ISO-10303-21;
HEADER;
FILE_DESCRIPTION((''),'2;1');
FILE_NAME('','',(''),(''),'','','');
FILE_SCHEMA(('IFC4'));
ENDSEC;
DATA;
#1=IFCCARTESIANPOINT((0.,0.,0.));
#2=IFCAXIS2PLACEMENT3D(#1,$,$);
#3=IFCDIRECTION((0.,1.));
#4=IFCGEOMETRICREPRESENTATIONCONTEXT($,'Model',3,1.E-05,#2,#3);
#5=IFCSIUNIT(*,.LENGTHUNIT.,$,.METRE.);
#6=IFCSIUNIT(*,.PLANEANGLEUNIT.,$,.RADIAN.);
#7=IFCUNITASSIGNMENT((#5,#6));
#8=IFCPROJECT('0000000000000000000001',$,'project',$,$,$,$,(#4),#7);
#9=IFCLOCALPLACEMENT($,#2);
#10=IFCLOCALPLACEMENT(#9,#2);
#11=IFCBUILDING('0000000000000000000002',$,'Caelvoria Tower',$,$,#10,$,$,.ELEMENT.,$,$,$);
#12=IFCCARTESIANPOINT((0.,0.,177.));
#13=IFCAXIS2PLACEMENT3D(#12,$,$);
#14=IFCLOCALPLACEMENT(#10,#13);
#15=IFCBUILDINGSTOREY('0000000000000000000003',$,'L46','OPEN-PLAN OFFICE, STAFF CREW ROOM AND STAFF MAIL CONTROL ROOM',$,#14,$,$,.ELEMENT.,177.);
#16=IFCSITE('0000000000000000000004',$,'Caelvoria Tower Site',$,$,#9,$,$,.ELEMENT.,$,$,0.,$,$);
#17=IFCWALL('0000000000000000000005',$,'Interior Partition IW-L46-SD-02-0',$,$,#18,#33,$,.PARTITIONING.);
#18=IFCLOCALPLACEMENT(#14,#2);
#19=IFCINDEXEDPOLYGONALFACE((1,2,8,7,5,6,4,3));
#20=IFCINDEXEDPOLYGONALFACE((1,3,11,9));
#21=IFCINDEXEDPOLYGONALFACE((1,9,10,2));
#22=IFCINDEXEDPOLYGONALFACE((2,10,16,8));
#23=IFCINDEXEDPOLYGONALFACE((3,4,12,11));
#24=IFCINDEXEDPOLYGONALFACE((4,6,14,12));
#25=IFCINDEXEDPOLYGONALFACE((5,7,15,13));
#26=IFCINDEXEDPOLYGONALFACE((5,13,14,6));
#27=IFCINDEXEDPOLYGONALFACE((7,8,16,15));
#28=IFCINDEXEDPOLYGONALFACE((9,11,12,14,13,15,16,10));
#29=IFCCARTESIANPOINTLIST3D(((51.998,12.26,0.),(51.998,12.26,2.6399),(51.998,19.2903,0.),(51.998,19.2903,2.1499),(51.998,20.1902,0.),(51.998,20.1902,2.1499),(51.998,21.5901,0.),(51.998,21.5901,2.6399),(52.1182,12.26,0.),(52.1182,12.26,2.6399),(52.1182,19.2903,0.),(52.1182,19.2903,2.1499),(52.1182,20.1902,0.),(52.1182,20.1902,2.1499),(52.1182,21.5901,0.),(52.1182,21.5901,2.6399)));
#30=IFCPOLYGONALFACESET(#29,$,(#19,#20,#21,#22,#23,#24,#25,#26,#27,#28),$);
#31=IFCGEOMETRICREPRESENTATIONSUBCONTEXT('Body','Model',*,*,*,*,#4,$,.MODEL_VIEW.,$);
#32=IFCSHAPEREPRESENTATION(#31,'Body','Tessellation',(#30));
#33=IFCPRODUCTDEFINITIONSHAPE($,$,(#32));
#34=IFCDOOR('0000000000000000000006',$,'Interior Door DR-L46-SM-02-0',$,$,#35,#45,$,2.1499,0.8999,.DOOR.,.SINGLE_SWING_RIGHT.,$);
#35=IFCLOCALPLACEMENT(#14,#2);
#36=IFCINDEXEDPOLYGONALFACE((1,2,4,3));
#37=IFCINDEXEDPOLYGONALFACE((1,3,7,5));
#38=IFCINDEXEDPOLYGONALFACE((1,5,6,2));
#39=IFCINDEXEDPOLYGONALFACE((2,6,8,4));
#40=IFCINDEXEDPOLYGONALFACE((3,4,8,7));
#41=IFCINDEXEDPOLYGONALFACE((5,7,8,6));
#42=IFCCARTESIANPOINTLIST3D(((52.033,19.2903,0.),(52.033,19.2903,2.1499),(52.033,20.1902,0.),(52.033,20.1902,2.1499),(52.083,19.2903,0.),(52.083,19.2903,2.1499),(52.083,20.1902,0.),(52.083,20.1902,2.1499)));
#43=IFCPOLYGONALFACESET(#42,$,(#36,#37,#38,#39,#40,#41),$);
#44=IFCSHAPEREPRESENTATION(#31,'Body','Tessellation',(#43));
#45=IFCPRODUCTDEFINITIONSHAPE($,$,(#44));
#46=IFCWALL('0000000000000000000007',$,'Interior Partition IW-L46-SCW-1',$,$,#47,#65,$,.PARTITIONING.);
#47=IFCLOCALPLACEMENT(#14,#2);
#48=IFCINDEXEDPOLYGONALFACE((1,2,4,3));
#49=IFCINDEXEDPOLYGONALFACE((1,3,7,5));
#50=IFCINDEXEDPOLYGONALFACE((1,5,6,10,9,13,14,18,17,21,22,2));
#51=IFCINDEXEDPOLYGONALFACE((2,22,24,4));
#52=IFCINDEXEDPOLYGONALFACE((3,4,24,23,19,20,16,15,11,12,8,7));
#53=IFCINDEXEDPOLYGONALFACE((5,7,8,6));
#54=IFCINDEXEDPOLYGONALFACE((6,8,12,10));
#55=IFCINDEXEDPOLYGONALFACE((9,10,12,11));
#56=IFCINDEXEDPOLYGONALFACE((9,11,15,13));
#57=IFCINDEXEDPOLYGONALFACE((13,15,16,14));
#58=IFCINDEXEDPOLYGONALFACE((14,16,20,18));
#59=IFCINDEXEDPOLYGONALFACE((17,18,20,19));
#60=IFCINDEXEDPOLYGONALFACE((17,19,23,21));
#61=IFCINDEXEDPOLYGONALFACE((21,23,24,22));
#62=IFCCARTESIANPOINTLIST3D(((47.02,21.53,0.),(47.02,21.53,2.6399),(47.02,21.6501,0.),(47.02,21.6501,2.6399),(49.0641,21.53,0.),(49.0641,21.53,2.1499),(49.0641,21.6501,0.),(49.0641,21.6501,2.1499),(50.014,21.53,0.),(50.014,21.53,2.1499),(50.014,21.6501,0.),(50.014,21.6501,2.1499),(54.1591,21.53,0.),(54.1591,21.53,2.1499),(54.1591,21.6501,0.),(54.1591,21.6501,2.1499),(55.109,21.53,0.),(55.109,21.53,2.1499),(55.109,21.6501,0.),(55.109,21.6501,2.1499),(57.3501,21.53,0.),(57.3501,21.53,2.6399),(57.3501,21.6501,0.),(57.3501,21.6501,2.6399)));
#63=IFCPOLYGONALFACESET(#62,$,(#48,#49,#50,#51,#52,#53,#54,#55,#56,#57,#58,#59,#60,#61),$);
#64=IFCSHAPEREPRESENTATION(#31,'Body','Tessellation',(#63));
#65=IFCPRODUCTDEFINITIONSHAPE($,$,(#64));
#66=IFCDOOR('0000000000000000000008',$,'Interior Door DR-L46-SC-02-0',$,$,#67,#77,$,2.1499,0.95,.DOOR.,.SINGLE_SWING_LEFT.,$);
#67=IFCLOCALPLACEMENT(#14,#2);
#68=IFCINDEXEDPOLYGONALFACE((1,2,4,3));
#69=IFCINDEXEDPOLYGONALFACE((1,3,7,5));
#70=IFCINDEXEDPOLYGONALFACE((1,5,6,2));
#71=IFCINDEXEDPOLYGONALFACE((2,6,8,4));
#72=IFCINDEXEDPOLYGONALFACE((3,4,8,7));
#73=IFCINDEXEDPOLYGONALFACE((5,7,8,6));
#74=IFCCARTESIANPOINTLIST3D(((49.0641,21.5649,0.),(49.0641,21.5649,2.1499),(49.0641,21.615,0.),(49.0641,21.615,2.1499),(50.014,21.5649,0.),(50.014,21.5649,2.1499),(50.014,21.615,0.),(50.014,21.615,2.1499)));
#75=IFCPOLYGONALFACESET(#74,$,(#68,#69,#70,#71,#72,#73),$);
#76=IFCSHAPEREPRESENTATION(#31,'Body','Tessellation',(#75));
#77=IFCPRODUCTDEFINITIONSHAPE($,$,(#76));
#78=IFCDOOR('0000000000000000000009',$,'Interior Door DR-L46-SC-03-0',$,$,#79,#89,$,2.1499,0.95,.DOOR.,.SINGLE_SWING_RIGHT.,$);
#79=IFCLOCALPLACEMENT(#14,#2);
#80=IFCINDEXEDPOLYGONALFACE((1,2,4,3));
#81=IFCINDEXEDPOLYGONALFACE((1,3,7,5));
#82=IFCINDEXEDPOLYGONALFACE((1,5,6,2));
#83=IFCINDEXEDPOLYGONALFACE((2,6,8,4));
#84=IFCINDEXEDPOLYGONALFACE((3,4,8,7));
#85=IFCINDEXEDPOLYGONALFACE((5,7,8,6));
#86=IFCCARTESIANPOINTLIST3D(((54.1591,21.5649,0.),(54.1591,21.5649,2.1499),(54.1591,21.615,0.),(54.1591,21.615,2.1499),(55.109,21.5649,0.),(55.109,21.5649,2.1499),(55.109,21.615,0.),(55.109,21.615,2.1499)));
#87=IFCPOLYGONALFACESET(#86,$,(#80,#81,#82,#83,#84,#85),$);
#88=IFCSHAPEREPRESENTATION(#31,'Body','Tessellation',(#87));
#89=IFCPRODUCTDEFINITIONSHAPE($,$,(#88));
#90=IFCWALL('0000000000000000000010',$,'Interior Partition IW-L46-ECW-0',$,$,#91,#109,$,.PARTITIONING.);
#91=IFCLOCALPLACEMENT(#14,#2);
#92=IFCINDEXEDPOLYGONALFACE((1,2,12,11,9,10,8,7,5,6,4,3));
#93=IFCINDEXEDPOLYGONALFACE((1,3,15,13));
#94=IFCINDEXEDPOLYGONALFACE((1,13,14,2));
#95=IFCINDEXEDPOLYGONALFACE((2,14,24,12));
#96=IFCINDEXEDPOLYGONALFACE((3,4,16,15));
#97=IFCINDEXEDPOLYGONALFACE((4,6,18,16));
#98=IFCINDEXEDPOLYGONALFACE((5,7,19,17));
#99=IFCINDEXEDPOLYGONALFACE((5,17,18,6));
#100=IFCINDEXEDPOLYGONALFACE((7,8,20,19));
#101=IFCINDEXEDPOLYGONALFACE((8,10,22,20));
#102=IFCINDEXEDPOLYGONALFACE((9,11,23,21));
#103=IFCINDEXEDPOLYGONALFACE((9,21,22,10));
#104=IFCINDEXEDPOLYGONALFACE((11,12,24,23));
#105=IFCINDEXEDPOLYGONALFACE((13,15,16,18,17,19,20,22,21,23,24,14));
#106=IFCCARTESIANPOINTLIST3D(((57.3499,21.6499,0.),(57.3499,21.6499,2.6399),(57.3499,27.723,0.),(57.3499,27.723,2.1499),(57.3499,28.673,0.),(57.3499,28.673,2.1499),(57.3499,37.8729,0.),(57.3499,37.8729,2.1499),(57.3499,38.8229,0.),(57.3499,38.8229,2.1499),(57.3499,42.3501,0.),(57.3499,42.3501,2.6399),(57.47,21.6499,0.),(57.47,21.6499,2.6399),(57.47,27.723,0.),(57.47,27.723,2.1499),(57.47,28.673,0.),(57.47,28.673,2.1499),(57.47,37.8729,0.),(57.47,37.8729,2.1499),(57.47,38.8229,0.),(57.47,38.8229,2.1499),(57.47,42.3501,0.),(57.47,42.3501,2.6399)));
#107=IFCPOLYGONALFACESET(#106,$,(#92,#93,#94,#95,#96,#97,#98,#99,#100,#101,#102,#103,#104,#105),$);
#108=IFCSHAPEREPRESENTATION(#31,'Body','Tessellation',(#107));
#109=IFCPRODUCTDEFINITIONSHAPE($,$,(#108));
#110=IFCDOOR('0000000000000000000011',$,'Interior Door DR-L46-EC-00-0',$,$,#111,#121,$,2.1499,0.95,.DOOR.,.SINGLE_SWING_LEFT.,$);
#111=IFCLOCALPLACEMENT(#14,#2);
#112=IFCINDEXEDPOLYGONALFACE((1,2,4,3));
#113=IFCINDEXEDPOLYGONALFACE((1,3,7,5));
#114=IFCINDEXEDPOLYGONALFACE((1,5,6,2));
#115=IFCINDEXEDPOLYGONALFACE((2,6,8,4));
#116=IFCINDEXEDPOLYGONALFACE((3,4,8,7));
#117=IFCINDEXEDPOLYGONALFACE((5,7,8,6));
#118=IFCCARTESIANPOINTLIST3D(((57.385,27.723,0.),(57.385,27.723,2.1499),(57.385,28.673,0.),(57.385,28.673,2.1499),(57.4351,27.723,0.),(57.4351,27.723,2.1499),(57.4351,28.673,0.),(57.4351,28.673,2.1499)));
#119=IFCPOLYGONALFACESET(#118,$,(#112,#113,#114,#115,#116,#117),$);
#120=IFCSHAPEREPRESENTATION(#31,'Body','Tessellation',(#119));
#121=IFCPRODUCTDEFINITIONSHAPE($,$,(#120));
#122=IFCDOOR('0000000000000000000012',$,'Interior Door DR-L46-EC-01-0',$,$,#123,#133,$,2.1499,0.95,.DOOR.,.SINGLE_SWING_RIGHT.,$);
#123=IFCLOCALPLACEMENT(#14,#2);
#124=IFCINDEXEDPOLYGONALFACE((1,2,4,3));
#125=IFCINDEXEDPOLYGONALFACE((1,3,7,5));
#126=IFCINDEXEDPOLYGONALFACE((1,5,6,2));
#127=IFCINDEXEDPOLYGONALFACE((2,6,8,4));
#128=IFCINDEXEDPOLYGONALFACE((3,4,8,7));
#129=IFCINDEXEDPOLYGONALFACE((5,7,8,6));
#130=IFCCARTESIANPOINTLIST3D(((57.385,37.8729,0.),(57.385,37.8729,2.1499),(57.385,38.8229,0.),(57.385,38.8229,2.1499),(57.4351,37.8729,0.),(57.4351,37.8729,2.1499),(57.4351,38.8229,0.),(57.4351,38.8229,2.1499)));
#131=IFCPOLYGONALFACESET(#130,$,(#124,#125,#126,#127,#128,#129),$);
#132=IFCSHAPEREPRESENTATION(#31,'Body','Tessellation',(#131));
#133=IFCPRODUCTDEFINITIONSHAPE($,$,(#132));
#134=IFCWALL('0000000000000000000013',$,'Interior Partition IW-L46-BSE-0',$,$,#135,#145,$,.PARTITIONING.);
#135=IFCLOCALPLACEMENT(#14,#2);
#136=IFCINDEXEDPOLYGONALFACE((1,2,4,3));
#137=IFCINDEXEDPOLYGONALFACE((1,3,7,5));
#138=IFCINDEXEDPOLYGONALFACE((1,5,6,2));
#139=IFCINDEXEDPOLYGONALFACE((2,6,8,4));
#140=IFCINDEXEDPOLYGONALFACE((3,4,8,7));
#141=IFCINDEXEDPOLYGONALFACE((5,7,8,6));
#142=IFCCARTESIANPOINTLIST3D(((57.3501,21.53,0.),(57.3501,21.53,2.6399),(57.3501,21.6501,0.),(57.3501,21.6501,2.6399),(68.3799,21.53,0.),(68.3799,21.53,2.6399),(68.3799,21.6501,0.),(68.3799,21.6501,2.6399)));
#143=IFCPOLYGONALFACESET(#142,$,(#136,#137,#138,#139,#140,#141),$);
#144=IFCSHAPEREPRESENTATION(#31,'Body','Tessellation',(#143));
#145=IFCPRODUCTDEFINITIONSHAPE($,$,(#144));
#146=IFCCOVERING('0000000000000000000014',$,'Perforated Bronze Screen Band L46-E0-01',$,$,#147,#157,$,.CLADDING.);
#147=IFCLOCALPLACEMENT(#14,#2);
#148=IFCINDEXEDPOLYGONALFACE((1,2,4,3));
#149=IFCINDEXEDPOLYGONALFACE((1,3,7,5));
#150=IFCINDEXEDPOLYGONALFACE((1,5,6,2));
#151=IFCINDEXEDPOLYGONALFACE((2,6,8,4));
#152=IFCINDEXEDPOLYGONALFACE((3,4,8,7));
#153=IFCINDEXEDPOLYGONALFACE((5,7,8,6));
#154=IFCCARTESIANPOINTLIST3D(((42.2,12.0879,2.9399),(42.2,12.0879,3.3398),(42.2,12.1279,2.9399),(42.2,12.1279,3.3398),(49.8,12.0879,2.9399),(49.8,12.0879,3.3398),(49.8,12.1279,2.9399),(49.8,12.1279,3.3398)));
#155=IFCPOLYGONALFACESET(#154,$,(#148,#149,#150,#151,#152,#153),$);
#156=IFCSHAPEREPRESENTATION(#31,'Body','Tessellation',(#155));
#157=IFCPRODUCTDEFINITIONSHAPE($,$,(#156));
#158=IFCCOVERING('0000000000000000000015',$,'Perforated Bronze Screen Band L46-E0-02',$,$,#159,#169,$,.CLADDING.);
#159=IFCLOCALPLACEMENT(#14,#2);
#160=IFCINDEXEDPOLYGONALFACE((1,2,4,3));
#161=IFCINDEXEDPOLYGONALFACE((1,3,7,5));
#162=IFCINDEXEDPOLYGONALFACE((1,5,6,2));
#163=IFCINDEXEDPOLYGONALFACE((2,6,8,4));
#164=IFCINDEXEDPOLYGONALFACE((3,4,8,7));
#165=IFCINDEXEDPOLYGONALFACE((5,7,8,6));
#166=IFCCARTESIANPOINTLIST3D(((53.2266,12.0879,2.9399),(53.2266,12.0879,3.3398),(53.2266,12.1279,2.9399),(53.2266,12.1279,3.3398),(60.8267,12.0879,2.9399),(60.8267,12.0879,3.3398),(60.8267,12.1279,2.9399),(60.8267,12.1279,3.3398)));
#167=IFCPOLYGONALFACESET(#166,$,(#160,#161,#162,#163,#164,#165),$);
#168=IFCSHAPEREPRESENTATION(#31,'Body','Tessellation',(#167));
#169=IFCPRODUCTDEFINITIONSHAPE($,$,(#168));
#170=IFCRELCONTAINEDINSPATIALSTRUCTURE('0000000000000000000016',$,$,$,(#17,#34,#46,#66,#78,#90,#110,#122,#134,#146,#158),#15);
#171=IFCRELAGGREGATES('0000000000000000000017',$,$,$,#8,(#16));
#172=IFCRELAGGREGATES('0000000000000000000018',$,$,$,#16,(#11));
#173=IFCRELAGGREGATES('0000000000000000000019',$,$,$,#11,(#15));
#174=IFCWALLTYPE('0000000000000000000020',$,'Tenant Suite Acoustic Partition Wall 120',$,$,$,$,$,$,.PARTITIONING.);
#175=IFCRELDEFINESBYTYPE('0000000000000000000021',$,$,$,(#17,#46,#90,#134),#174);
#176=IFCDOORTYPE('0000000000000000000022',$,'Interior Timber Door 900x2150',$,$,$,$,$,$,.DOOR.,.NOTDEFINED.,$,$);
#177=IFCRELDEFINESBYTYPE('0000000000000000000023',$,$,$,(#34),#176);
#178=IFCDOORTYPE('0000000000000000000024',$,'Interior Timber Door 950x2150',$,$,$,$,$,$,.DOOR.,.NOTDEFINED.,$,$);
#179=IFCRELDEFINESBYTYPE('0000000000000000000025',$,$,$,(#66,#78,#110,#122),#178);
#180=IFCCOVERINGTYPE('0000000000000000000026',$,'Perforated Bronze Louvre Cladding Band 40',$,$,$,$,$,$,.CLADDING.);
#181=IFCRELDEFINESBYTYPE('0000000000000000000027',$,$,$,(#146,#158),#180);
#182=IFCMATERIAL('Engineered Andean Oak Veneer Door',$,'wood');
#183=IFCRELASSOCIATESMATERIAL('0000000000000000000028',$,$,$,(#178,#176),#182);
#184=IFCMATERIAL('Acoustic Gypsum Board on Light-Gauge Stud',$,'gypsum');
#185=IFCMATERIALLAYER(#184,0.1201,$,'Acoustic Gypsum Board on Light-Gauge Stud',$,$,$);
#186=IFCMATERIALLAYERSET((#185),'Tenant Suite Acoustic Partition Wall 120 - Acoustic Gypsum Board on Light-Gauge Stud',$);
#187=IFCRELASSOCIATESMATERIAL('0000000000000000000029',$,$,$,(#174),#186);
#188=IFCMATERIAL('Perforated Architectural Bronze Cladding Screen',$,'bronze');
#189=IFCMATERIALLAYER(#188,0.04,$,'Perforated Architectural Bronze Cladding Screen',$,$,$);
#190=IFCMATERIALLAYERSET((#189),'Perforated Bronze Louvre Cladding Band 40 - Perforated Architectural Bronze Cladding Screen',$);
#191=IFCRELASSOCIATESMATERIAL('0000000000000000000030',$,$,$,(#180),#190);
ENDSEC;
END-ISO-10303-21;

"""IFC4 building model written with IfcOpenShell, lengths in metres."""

from ifc_helpers import new_model, si_unit, direction, frame, frame_2d, origin, origin_2d, place, context, subcontext, project, spatial, rectangle, extrude, material, layer, layer_set, type_object, element, fill, save


model = new_model("IFC4")

# Units and contexts
model_context = context("Model", 3, precision=1e-05, world=origin(), true_north=direction((0.0, 1.0)))
body_context = subcontext(model_context, "Body", "Model", "MODEL_VIEW")
ifc_project = project(units=[si_unit("LENGTHUNIT", "METRE"), si_unit("PLANEANGLEUNIT", "RADIAN")], contexts=[model_context])

# Site, building, storey
site_placement = place(None, origin())
site = spatial("IfcSite", under=ifc_project, at=site_placement, Name="Caelvoria Tower Site", CompositionType="ELEMENT", RefElevation=0.0)
building_placement = place(site_placement, origin())
building = spatial("IfcBuilding", under=site, at=building_placement, Name="Caelvoria Tower", CompositionType="ELEMENT")
storey_placement = place(building_placement, frame((0.0, 0.0, 177.0)))
storey = spatial("IfcBuildingStorey", under=building, at=storey_placement, Name="L46", Description="OPEN-PLAN OFFICE, STAFF CREW ROOM AND STAFF MAIL CONTROL ROOM", CompositionType="ELEMENT", Elevation=177.0)

# Shared definitions
ifc_material_1 = material(Name="Engineered Andean Oak Veneer Door", Category="wood")
door_type_1 = type_object("IfcDoorType", Name="Interior Timber Door 950x2150", OperationType="NOTDEFINED", PredefinedType="DOOR", material=ifc_material_1)

# Wall, opening, door
ifc_material_2 = material(Name="Acoustic Gypsum Board on Light-Gauge Stud", Category="gypsum")
ifc_layer_1 = layer(ifc_material_2, 0.1201, Name="Acoustic Gypsum Board on Light-Gauge Stud")
ifc_layer_set_1 = layer_set([ifc_layer_1], Name="Tenant Suite Acoustic Partition Wall 120 - Acoustic Gypsum Board on Light-Gauge Stud")
wall_type_1 = type_object("IfcWallType", Name="Tenant Suite Acoustic Partition Wall 120", PredefinedType="PARTITIONING", material=ifc_layer_set_1)
wall_1_placement = place(storey_placement, frame((52.0581, 21.5901, 0.0), z_axis=(0.0, 0.0, 1.0), x_axis=(0.0, -1.0, 0.0)))
wall_1 = element("IfcWall", 1, at=wall_1_placement, inside=storey, type_object=wall_type_1, Name="Interior Partition IW-L46-SD-02-0", PredefinedType="PARTITIONING", context=body_context, shape_type="SweptSolid", body=[
    extrude(rectangle(XDim=9.3301, YDim=0.1201, at=frame_2d((4.665, 0.0))), origin(), (0.0, 0.0, 1.0), 2.6399),
])
opening_1_placement = place(wall_1_placement, frame((1.3999, 0.0, 0.0)))
opening_1 = element("IfcOpeningElement", 2, at=opening_1_placement, cuts=wall_1, PredefinedType="OPENING", context=body_context, shape_type="SweptSolid", body=[
    extrude(rectangle(XDim=0.8999, YDim=2.1499, at=frame_2d((0.45, 1.075))), frame((0.0, 0.0701, 0.0), z_axis=(0.0, -1.0, 0.0), x_axis=(1.0, 0.0, 0.0)), (0.0, 0.0, 1.0), 0.1401),
])
door_type_2 = type_object("IfcDoorType", Name="Interior Timber Door 900x2150", OperationType="NOTDEFINED", PredefinedType="DOOR", material=ifc_material_1)
door_1_placement = place(opening_1_placement, origin())
door_1 = element("IfcDoor", 3, at=door_1_placement, inside=storey, type_object=door_type_2, Name="Interior Door DR-L46-SM-02-0", OperationType="SINGLE_SWING_RIGHT", OverallHeight=2.1499, OverallWidth=0.8999, PredefinedType="DOOR", context=body_context, shape_type="SweptSolid", body=[
    extrude(rectangle(XDim=0.8999, YDim=2.1499, at=frame_2d((0.45, 1.075))), frame((0.0, 0.0249, 0.0), z_axis=(0.0, -1.0, 0.0), x_axis=(1.0, 0.0, 0.0)), (0.0, 0.0, 1.0), 0.05),
])
fill(opening_1, door_1)

# Walls, openings, doors
wall_2_placement = place(storey_placement, frame((47.02, 21.5901, 0.0), z_axis=(0.0, 0.0, 1.0), x_axis=(1.0, 0.0, 0.0)))
wall_2 = element("IfcWall", 4, at=wall_2_placement, inside=storey, type_object=wall_type_1, Name="Interior Partition IW-L46-SCW-1", PredefinedType="PARTITIONING", context=body_context, shape_type="SweptSolid", body=[
    extrude(rectangle(XDim=10.3301, YDim=0.1201, at=frame_2d((5.165, 0.0))), origin(), (0.0, 0.0, 1.0), 2.6399),
])
opening_2_placement = place(wall_2_placement, frame((2.0439, 0.0, 0.0)))
opening_2 = element("IfcOpeningElement", 5, at=opening_2_placement, cuts=wall_2, PredefinedType="OPENING", context=body_context, shape_type="SweptSolid", body=[
    extrude(rectangle(XDim=0.95, YDim=2.1499, at=frame_2d((0.4751, 1.075))), frame((0.0, 0.0701, 0.0), z_axis=(0.0, -1.0, 0.0), x_axis=(1.0, 0.0, 0.0)), (0.0, 0.0, 1.0), 0.1401),
])
opening_3_placement = place(wall_2_placement, frame((7.1389, 0.0, 0.0)))
opening_3 = element("IfcOpeningElement", 6, at=opening_3_placement, cuts=wall_2, PredefinedType="OPENING", context=body_context, shape_type="SweptSolid", body=[
    extrude(rectangle(XDim=0.95, YDim=2.1499, at=frame_2d((0.4751, 1.075))), frame((0.0, 0.0701, 0.0), z_axis=(0.0, -1.0, 0.0), x_axis=(1.0, 0.0, 0.0)), (0.0, 0.0, 1.0), 0.1401),
])
door_2_placement = place(opening_2_placement, origin())
door_2 = element("IfcDoor", 7, at=door_2_placement, inside=storey, type_object=door_type_1, Name="Interior Door DR-L46-SC-02-0", OperationType="SINGLE_SWING_LEFT", OverallHeight=2.1499, OverallWidth=0.95, PredefinedType="DOOR", context=body_context, shape_type="SweptSolid", body=[
    extrude(rectangle(XDim=0.95, YDim=2.1499, at=frame_2d((0.4751, 1.075))), frame((0.0, 0.0249, 0.0), z_axis=(0.0, -1.0, 0.0), x_axis=(1.0, 0.0, 0.0)), (0.0, 0.0, 1.0), 0.05),
])
fill(opening_2, door_2)
door_3_placement = place(opening_3_placement, origin())
door_3 = element("IfcDoor", 8, at=door_3_placement, inside=storey, type_object=door_type_1, Name="Interior Door DR-L46-SC-03-0", OperationType="SINGLE_SWING_RIGHT", OverallHeight=2.1499, OverallWidth=0.95, PredefinedType="DOOR", context=body_context, shape_type="SweptSolid", body=[
    extrude(rectangle(XDim=0.95, YDim=2.1499, at=frame_2d((0.4751, 1.075))), frame((0.0, 0.0249, 0.0), z_axis=(0.0, -1.0, 0.0), x_axis=(1.0, 0.0, 0.0)), (0.0, 0.0, 1.0), 0.05),
])
fill(opening_3, door_3)
wall_3_placement = place(storey_placement, frame((57.4099, 21.6499, 0.0), z_axis=(0.0, 0.0, 1.0), x_axis=(0.0, 1.0, 0.0)))
wall_3 = element("IfcWall", 9, at=wall_3_placement, inside=storey, type_object=wall_type_1, Name="Interior Partition IW-L46-ECW-0", PredefinedType="PARTITIONING", context=body_context, shape_type="SweptSolid", body=[
    extrude(rectangle(XDim=20.7002, YDim=0.1201, at=frame_2d((10.3501, 0.0))), origin(), (0.0, 0.0, 1.0), 2.6399),
])
opening_4_placement = place(wall_3_placement, frame((6.073, 0.0, 0.0)))
opening_4 = element("IfcOpeningElement", 10, at=opening_4_placement, cuts=wall_3, PredefinedType="OPENING", context=body_context, shape_type="SweptSolid", body=[
    extrude(rectangle(XDim=0.95, YDim=2.1499, at=frame_2d((0.4751, 1.075))), frame((0.0, 0.0701, 0.0), z_axis=(0.0, -1.0, 0.0), x_axis=(1.0, 0.0, 0.0)), (0.0, 0.0, 1.0), 0.1401),
])
opening_5_placement = place(wall_3_placement, frame((16.2229, 0.0, 0.0)))
opening_5 = element("IfcOpeningElement", 11, at=opening_5_placement, cuts=wall_3, PredefinedType="OPENING", context=body_context, shape_type="SweptSolid", body=[
    extrude(rectangle(XDim=0.95, YDim=2.1499, at=frame_2d((0.4751, 1.075))), frame((0.0, 0.0701, 0.0), z_axis=(0.0, -1.0, 0.0), x_axis=(1.0, 0.0, 0.0)), (0.0, 0.0, 1.0), 0.1401),
])
door_4_placement = place(opening_4_placement, origin())
door_4 = element("IfcDoor", 12, at=door_4_placement, inside=storey, type_object=door_type_1, Name="Interior Door DR-L46-EC-00-0", OperationType="SINGLE_SWING_LEFT", OverallHeight=2.1499, OverallWidth=0.95, PredefinedType="DOOR", context=body_context, shape_type="SweptSolid", body=[
    extrude(rectangle(XDim=0.95, YDim=2.1499, at=frame_2d((0.4751, 1.075))), frame((0.0, 0.0249, 0.0), z_axis=(0.0, -1.0, 0.0), x_axis=(1.0, 0.0, 0.0)), (0.0, 0.0, 1.0), 0.05),
])
fill(opening_4, door_4)
door_5_placement = place(opening_5_placement, origin())
door_5 = element("IfcDoor", 13, at=door_5_placement, inside=storey, type_object=door_type_1, Name="Interior Door DR-L46-EC-01-0", OperationType="SINGLE_SWING_RIGHT", OverallHeight=2.1499, OverallWidth=0.95, PredefinedType="DOOR", context=body_context, shape_type="SweptSolid", body=[
    extrude(rectangle(XDim=0.95, YDim=2.1499, at=frame_2d((0.4751, 1.075))), frame((0.0, 0.0249, 0.0), z_axis=(0.0, -1.0, 0.0), x_axis=(1.0, 0.0, 0.0)), (0.0, 0.0, 1.0), 0.05),
])
fill(opening_5, door_5)

# Wall
wall_4_placement = place(storey_placement, frame((57.3501, 21.5901, 0.0), z_axis=(0.0, 0.0, 1.0), x_axis=(1.0, 0.0, 0.0)))
element("IfcWall", 14, at=wall_4_placement, inside=storey, type_object=wall_type_1, Name="Interior Partition IW-L46-BSE-0", PredefinedType="PARTITIONING", context=body_context, shape_type="SweptSolid", body=[
    extrude(rectangle(XDim=11.0298, YDim=0.1201, at=frame_2d((5.5149, 0.0))), origin(), (0.0, 0.0, 1.0), 2.6399),
])

# Coverings
ifc_material_3 = material(Name="Perforated Architectural Bronze Cladding Screen", Category="bronze")
ifc_layer_2 = layer(ifc_material_3, 0.04, Name="Perforated Architectural Bronze Cladding Screen")
ifc_layer_set_2 = layer_set([ifc_layer_2], Name="Perforated Bronze Louvre Cladding Band 40 - Perforated Architectural Bronze Cladding Screen")
covering_type = type_object("IfcCoveringType", Name="Perforated Bronze Louvre Cladding Band 40", PredefinedType="CLADDING", material=ifc_layer_set_2)
for number, where, z_axis, x_axis, name in (
    (15, (46.0, 12.1079, 2.9399), (0.0, 0.0, 1.0), (1.0, 0.0, 0.0), "Perforated Bronze Screen Band L46-E0-01"),
    (16, (57.0266, 12.1079, 2.9399), (0.0, 0.0, 1.0), (1.0, 0.0, 0.0), "Perforated Bronze Screen Band L46-E0-02"),
):
    element("IfcCovering", number, at=place(storey_placement, frame(where, z_axis=z_axis, x_axis=x_axis)), inside=storey, type_object=covering_type, Name=name, PredefinedType="CLADDING", context=body_context, shape_type="SweptSolid", body=[
        extrude(rectangle(XDim=7.6001, YDim=0.04, at=origin_2d()), origin(), (0.0, 0.0, 1.0), 0.3999),
    ])

save(model, "model.ifc")
